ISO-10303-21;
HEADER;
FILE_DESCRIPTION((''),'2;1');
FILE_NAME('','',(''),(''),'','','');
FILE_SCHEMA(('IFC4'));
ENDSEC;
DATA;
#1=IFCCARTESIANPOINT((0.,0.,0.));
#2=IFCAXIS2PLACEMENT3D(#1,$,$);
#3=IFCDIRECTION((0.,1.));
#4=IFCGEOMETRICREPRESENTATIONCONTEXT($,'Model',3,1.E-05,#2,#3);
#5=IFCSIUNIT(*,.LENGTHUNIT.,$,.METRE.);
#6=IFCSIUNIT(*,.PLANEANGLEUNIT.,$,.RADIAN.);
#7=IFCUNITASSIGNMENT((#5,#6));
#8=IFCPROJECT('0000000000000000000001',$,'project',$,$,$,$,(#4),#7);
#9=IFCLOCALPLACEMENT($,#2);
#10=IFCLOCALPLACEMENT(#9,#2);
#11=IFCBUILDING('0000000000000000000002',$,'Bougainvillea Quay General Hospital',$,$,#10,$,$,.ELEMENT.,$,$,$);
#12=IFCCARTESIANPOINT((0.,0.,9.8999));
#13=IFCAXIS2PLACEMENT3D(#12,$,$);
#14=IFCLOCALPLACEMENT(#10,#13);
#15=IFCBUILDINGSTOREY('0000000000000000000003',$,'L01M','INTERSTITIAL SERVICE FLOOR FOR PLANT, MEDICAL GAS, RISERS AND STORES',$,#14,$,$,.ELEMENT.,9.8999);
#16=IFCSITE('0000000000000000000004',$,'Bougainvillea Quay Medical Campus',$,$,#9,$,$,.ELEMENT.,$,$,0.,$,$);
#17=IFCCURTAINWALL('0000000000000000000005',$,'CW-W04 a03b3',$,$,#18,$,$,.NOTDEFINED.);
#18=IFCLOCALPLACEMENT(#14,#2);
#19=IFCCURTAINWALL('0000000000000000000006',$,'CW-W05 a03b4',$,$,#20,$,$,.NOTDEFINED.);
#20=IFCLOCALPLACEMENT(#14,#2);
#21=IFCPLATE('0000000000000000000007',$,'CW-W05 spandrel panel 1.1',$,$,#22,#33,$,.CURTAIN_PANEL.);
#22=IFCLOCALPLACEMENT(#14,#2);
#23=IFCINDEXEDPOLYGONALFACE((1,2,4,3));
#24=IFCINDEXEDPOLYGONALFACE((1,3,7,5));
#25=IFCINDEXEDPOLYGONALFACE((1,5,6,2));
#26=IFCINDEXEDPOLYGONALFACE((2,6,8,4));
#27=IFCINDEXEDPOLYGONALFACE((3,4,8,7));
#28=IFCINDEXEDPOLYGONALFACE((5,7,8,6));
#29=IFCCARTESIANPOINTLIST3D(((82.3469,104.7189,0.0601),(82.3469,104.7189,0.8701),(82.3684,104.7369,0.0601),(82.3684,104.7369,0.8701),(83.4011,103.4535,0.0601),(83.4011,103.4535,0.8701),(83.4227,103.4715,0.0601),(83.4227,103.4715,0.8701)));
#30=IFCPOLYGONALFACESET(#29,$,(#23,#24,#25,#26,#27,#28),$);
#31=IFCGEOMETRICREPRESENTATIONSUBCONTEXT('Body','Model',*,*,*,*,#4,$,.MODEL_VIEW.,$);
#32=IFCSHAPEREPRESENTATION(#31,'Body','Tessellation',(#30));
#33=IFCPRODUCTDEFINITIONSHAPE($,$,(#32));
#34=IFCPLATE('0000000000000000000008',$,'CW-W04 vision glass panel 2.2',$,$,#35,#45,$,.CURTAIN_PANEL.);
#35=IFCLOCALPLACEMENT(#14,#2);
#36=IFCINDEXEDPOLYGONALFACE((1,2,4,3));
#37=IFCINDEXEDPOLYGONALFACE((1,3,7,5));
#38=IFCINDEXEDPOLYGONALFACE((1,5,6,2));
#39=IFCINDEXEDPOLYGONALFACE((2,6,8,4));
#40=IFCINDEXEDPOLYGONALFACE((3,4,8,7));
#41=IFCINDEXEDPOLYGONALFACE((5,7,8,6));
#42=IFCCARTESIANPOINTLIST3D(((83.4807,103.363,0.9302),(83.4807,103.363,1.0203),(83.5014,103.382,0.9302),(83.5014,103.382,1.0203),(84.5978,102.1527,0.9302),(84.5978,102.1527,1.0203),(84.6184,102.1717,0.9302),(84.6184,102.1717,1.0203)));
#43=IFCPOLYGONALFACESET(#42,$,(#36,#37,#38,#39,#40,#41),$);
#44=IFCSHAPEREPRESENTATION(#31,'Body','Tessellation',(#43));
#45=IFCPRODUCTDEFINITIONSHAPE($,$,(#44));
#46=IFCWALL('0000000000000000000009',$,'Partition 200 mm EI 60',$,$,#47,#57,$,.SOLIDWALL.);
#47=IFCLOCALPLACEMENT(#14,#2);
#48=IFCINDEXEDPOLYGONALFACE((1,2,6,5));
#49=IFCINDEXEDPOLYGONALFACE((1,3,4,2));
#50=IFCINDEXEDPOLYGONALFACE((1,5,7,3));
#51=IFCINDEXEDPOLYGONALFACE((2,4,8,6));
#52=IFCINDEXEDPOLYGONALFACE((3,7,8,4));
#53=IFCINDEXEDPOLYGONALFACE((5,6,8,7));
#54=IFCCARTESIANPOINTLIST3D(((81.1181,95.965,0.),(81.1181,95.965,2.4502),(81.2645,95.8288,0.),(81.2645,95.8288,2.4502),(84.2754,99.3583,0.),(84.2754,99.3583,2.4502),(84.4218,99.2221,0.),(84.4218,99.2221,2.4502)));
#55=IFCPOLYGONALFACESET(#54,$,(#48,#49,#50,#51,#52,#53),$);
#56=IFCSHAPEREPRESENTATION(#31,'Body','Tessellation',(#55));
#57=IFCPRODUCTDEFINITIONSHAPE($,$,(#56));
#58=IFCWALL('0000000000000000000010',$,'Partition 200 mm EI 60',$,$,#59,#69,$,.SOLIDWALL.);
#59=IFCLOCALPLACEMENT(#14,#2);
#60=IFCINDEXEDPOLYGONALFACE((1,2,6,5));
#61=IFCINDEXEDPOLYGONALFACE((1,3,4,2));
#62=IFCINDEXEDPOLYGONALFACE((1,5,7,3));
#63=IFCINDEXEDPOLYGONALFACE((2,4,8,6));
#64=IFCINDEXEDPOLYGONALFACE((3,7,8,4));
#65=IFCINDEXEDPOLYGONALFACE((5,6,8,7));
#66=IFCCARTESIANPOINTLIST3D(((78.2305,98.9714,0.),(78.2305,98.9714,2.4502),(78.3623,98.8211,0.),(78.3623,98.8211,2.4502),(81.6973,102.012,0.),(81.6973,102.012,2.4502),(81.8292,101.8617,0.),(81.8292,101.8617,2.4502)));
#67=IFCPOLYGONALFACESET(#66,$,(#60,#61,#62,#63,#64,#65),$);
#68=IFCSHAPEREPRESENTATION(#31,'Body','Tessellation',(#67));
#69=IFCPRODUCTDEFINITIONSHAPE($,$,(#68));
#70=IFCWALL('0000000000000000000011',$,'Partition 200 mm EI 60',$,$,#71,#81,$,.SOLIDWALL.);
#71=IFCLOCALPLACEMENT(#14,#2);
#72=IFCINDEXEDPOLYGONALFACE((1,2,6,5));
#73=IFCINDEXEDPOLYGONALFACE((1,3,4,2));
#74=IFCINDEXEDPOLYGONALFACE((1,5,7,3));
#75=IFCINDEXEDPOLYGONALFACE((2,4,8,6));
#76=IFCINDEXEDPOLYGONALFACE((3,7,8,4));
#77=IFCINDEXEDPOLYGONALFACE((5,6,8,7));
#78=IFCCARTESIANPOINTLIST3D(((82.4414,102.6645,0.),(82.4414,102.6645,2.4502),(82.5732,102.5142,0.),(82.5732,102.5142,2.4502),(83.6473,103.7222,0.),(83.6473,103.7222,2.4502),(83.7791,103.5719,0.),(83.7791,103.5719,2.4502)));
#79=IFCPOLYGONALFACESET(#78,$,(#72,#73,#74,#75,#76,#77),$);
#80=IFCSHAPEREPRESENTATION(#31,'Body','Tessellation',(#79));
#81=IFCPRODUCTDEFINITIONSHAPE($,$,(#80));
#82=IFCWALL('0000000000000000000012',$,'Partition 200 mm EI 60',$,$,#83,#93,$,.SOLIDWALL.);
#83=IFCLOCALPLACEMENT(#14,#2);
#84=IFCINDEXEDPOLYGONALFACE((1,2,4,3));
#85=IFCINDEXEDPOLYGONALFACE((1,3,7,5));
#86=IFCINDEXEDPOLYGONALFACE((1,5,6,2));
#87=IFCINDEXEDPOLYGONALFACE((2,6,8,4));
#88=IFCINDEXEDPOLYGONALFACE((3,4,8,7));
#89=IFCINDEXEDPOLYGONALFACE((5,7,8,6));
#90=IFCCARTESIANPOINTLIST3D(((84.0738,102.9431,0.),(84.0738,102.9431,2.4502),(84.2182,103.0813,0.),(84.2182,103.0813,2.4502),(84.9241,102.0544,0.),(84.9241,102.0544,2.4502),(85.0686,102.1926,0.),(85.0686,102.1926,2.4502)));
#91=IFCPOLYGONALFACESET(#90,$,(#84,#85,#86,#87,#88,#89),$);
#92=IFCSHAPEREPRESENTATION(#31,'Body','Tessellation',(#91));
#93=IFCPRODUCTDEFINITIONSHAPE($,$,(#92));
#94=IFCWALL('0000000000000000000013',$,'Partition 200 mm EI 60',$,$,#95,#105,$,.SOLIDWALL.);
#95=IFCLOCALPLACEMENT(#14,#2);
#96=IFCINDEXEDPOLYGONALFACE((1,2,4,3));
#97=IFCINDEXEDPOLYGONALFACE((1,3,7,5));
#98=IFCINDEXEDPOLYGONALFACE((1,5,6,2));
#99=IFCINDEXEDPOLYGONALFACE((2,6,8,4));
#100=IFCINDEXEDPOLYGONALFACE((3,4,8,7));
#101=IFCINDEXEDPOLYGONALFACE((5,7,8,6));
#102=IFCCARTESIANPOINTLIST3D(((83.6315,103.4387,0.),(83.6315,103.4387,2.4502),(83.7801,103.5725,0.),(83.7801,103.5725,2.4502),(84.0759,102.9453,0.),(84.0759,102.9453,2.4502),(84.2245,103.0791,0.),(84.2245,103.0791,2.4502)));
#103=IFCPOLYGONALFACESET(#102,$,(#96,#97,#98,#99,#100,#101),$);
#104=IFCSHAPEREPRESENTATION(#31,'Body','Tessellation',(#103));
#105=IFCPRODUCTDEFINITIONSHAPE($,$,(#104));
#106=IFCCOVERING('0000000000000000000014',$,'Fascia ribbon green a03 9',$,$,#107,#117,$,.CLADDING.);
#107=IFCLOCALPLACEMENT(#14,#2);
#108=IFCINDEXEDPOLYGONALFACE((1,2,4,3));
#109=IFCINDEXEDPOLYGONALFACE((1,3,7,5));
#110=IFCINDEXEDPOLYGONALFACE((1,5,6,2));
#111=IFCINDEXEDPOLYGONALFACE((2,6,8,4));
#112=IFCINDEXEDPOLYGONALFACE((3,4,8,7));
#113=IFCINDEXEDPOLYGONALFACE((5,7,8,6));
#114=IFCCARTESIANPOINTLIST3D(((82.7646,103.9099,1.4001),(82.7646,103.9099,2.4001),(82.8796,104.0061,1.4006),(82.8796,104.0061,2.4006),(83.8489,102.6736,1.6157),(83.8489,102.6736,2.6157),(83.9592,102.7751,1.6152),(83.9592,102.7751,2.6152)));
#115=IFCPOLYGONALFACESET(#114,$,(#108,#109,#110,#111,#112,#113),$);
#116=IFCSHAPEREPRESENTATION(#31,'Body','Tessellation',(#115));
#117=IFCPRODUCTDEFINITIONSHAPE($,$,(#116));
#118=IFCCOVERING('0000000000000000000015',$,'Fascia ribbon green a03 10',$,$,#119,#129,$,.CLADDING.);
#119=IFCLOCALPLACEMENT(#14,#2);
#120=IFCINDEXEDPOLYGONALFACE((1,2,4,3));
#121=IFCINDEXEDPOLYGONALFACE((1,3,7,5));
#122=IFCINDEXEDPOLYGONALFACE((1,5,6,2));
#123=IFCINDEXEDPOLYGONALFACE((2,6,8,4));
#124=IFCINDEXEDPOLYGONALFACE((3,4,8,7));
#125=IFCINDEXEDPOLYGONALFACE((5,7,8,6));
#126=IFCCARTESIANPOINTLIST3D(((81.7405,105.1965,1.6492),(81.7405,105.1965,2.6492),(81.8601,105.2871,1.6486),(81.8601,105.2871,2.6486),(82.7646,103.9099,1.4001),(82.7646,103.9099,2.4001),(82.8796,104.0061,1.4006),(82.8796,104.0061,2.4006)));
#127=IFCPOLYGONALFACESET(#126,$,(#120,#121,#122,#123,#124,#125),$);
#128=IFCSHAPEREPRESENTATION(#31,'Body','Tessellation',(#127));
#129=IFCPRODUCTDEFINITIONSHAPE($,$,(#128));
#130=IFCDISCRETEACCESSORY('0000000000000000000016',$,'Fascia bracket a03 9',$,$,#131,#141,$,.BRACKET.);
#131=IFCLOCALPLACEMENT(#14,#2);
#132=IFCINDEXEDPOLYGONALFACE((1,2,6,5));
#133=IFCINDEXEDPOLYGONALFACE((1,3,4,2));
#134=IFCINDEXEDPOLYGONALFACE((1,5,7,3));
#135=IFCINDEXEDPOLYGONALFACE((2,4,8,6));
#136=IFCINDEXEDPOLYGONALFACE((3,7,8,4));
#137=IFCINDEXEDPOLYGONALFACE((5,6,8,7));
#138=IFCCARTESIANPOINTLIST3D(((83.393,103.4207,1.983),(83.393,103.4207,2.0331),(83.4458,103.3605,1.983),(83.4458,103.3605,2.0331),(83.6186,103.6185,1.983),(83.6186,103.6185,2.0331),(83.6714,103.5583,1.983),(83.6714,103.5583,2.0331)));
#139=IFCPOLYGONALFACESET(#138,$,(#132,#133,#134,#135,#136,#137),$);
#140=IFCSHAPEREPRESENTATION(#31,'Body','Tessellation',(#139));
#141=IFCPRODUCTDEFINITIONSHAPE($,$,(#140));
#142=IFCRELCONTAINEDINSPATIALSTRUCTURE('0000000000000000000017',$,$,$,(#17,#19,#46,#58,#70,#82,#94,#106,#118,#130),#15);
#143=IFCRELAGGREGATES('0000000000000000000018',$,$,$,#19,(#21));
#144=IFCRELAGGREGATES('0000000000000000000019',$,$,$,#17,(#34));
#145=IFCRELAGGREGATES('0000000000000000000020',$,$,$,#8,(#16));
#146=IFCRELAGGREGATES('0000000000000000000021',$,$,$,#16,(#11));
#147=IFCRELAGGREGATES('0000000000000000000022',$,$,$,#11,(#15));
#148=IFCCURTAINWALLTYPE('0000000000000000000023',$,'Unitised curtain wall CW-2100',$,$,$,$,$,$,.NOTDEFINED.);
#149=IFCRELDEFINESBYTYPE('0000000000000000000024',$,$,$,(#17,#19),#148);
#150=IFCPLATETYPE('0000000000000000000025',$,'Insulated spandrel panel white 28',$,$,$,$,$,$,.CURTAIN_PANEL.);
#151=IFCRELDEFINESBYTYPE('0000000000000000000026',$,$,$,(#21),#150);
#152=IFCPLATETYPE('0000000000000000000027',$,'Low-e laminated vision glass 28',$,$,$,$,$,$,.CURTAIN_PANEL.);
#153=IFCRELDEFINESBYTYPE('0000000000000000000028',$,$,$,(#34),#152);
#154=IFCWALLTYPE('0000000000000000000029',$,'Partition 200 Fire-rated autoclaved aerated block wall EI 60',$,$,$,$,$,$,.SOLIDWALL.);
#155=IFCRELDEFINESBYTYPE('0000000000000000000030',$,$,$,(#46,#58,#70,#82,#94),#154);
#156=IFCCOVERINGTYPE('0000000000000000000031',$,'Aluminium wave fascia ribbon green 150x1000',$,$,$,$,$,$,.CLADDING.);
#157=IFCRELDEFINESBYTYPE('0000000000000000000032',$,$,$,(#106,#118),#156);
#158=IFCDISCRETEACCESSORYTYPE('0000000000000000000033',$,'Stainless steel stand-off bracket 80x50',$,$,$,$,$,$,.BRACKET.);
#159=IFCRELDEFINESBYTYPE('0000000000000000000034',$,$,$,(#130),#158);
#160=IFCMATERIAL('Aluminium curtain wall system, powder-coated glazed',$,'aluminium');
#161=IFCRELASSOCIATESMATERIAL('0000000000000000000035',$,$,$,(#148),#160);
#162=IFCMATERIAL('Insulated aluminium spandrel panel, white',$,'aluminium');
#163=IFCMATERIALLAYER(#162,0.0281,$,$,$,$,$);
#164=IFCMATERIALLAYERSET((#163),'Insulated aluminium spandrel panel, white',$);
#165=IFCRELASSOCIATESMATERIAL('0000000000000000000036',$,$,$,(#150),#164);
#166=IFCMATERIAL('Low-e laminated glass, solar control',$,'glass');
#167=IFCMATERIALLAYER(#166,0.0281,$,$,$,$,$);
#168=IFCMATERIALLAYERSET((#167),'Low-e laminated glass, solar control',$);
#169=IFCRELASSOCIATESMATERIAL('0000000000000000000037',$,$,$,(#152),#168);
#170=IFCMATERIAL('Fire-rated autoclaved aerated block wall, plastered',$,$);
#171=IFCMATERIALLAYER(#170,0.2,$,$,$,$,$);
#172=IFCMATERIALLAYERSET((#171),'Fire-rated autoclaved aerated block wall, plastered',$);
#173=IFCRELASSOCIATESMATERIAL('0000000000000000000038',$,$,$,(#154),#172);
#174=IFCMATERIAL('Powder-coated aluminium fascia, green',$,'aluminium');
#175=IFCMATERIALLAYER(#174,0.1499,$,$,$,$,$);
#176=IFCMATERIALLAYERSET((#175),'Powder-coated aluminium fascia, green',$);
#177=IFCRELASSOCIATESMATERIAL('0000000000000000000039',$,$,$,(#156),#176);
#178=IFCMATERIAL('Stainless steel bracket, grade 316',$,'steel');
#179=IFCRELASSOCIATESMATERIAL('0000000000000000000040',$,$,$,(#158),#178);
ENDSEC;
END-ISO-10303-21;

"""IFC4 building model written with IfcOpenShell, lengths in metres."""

from ifc_helpers import new_model, si_unit, direction, frame, frame_2d, origin, origin_2d, place, context, subcontext, project, spatial, polyline, rectangle, outline, extrude, material, layer, layer_set, material_profile, profile_set, type_object, element, aggregate, save


model = new_model("IFC4")

# Units and contexts
model_context = context("Model", 3, precision=1e-05, world=origin(), true_north=direction((0.0, 1.0)))
body_context = subcontext(model_context, "Body", "Model", "MODEL_VIEW")
ifc_project = project(units=[si_unit("LENGTHUNIT", "METRE"), si_unit("PLANEANGLEUNIT", "RADIAN")], contexts=[model_context])

# Site, building, storey
site_placement = place(None, origin())
site = spatial("IfcSite", under=ifc_project, at=site_placement, Name="Bougainvillea Quay Medical Campus", CompositionType="ELEMENT", RefElevation=0.0)
building_placement = place(site_placement, origin())
building = spatial("IfcBuilding", under=site, at=building_placement, Name="Bougainvillea Quay General Hospital", CompositionType="ELEMENT")
storey_placement = place(building_placement, frame((0.0, 0.0, 9.8999)))
storey = spatial("IfcBuildingStorey", under=building, at=storey_placement, Name="L01M", Description="INTERSTITIAL SERVICE FLOOR FOR PLANT, MEDICAL GAS, RISERS AND STORES", CompositionType="ELEMENT", Elevation=9.8999)

# Curtain walls
ifc_material_1 = material(Name="Aluminium curtain wall system, powder-coated glazed", Category="aluminium")
curtain_wall_type = type_object("IfcCurtainWallType", Name="Unitised curtain wall CW-2100", PredefinedType="NOTDEFINED", material=ifc_material_1)
curtain_wall_1_placement = place(storey_placement, origin())
curtain_wall_1 = element("IfcCurtainWall", 1, at=curtain_wall_1_placement, inside=storey, type_object=curtain_wall_type, Name="CW-W04 a03b3", PredefinedType="NOTDEFINED")
curtain_wall_2_placement = place(storey_placement, origin())
curtain_wall_2 = element("IfcCurtainWall", 2, at=curtain_wall_2_placement, inside=storey, type_object=curtain_wall_type, Name="CW-W05 a03b4", PredefinedType="NOTDEFINED")

# Plates
ifc_material_2 = material(Name="Insulated aluminium spandrel panel, white", Category="aluminium")
ifc_layer_1 = layer(ifc_material_2, 0.0281)
ifc_layer_set_1 = layer_set([ifc_layer_1], Name="Insulated aluminium spandrel panel, white")
plate_type_1 = type_object("IfcPlateType", Name="Insulated spandrel panel white 28", PredefinedType="CURTAIN_PANEL", material=ifc_layer_set_1)
plate_1_placement = place(storey_placement, frame((82.8848, 104.0952, 0.0601), z_axis=(0.0, 0.0, 1.0), x_axis=(-0.640096, 0.768295, 0.0)))
plate_1 = element("IfcPlate", 3, at=plate_1_placement, type_object=plate_type_1, Name="CW-W05 spandrel panel 1.1", PredefinedType="CURTAIN_PANEL", context=body_context, shape_type="SweptSolid", body=[
    extrude(rectangle(XDim=1.647, YDim=0.0281, at=origin_2d()), origin(), (0.0, 0.0, 1.0), 0.8101),
])
aggregate(curtain_wall_2, [plate_1])
ifc_material_3 = material(Name="Low-e laminated glass, solar control", Category="glass")
ifc_layer_2 = layer(ifc_material_3, 0.0281)
ifc_layer_set_2 = layer_set([ifc_layer_2], Name="Low-e laminated glass, solar control")
plate_type_2 = type_object("IfcPlateType", Name="Low-e laminated vision glass 28", PredefinedType="CURTAIN_PANEL", material=ifc_layer_set_2)
plate_2_placement = place(storey_placement, frame((84.0496, 102.7673, 0.9302), z_axis=(0.0, 0.0, 1.0), x_axis=(-0.678224, 0.734855, 0.0)))
plate_2 = element("IfcPlate", 4, at=plate_2_placement, type_object=plate_type_2, Name="CW-W04 vision glass panel 2.2", PredefinedType="CURTAIN_PANEL", context=body_context, shape_type="SweptSolid", body=[
    extrude(rectangle(XDim=1.647, YDim=0.0281, at=origin_2d()), origin(), (0.0, 0.0, 1.0), 0.0901),
])
aggregate(curtain_wall_1, [plate_2])

# Walls
ifc_material_4 = material(Name="Fire-rated autoclaved aerated block wall, plastered")
ifc_layer_3 = layer(ifc_material_4, 0.2)
ifc_layer_set_3 = layer_set([ifc_layer_3], Name="Fire-rated autoclaved aerated block wall, plastered")
wall_type = type_object("IfcWallType", Name="Partition 200 Fire-rated autoclaved aerated block wall EI 60", PredefinedType="SOLIDWALL", material=ifc_layer_set_3)
wall_1_placement = place(storey_placement, frame((81.1914, 95.897, 0.0), z_axis=(0.0, 0.0, 1.0), x_axis=(0.68118, 0.732116, 0.0)))
element("IfcWall", 5, at=wall_1_placement, inside=storey, type_object=wall_type, Name="Partition 200 mm EI 60", PredefinedType="SOLIDWALL", context=body_context, shape_type="SweptSolid", body=[
    extrude(rectangle(XDim=4.635, YDim=0.2, at=frame_2d((2.3174, 0.0))), origin(), (0.0, 0.0, 1.0), 2.4502),
])
wall_2_placement = place(storey_placement, frame((78.2964, 98.8962, 0.0), z_axis=(0.0, 0.0, 1.0), x_axis=(0.751815, 0.659374, 0.0)))
element("IfcWall", 6, at=wall_2_placement, inside=storey, type_object=wall_type, Name="Partition 200 mm EI 60", PredefinedType="SOLIDWALL", context=body_context, shape_type="SweptSolid", body=[
    extrude(rectangle(XDim=4.6113, YDim=0.2, at=frame_2d((2.3057, 0.0))), origin(), (0.0, 0.0, 1.0), 2.4502),
])
wall_3_placement = place(storey_placement, frame((82.5073, 102.5894, 0.0), z_axis=(0.0, 0.0, 1.0), x_axis=(0.751794, 0.659399, 0.0)))
element("IfcWall", 7, at=wall_3_placement, inside=storey, type_object=wall_type, Name="Partition 200 mm EI 60", PredefinedType="SOLIDWALL", context=body_context, shape_type="SweptSolid", body=[
    extrude(rectangle(XDim=1.604, YDim=0.2, at=frame_2d((0.802, 0.0))), origin(), (0.0, 0.0, 1.0), 2.4502),
])
wall_4_placement = place(storey_placement, frame((84.146, 103.0122, 0.0), z_axis=(0.0, 0.0, 1.0), x_axis=(0.691353, -0.722517, 0.0)))
element("IfcWall", 8, at=wall_4_placement, inside=storey, type_object=wall_type, Name="Partition 200 mm EI 60", PredefinedType="SOLIDWALL", context=body_context, shape_type="SweptSolid", body=[
    extrude(rectangle(XDim=1.23, YDim=0.2, at=frame_2d((0.615, 0.0))), origin(), (0.0, 0.0, 1.0), 2.4502),
])
wall_5_placement = place(storey_placement, frame((83.7058, 103.5056, 0.0), z_axis=(0.0, 0.0, 1.0), x_axis=(0.669188, -0.743093, 0.0)))
element("IfcWall", 9, at=wall_5_placement, inside=storey, type_object=wall_type, Name="Partition 200 mm EI 60", PredefinedType="SOLIDWALL", context=body_context, shape_type="SweptSolid", body=[
    extrude(rectangle(XDim=0.6641, YDim=0.2, at=frame_2d((0.332, 0.0))), origin(), (0.0, 0.0, 1.0), 2.4502),
])

# Coverings
ifc_material_5 = material(Name="Powder-coated aluminium fascia, green", Category="aluminium")
ifc_layer_4 = layer(ifc_material_5, 0.1499)
ifc_layer_set_4 = layer_set([ifc_layer_4], Name="Powder-coated aluminium fascia, green")
covering_type = type_object("IfcCoveringType", Name="Aluminium wave fascia ribbon green 150x1000", PredefinedType="CLADDING", material=ifc_layer_set_4)
covering_1_placement = place(storey_placement, frame((83.9592, 102.7751, 1.6152), z_axis=(-0.085729, 0.097688, 0.991518), x_axis=(-0.653777, 0.745442, -0.129971)))
element("IfcCovering", 10, at=covering_1_placement, inside=storey, type_object=covering_type, Name="Fascia ribbon green a03 9", PredefinedType="CLADDING", context=body_context, shape_type="SweptSolid", body=[
    extrude(outline(polyline([(0.0, 0.0), (1.6513, 0.0), (1.6548, 0.1499), (-0.0036, 0.1499), (0.0, 0.0)])), origin(), (-0.129971, -0.000039, 0.991518), 1.0),
])
covering_2_placement = place(storey_placement, frame((82.8796, 104.0061, 1.4006), z_axis=(0.093272, -0.117169, 0.988722), x_axis=(-0.615706, 0.773614, 0.14976)))
element("IfcCovering", 11, at=covering_2_placement, inside=storey, type_object=covering_type, Name="Fascia ribbon green a03 10", PredefinedType="CLADDING", context=body_context, shape_type="SweptSolid", body=[
    extrude(outline(polyline([(0.0, 0.0), (1.6559, 0.0), (1.6595, 0.15), (-0.0037, 0.1499), (0.0, 0.0)])), origin(), (0.14976, 0.000015, 0.988722), 1.0),
])

# Discrete accessory
ifc_material_6 = material(Name="Stainless steel bracket, grade 316", Category="steel")
ifc_material_profile_1 = material_profile(ifc_material_6, rectangle(XDim=0.0801, YDim=0.05, at=origin_2d()))
ifc_profile_set_1 = profile_set([ifc_material_profile_1], Name="Stainless steel bracket, grade 316")
discrete_accessory_type = type_object("IfcDiscreteAccessoryType", Name="Stainless steel stand-off bracket 80x50", PredefinedType="BRACKET", material=ifc_profile_set_1)
discrete_accessory_placement = place(storey_placement, frame((83.645, 103.5884, 2.0081), z_axis=(-0.751971, -0.659196, 0.0), x_axis=(0.659196, -0.751971, 0.0)))
element("IfcDiscreteAccessory", 12, at=discrete_accessory_placement, inside=storey, type_object=discrete_accessory_type, Name="Fascia bracket a03 9", PredefinedType="BRACKET", context=body_context, shape_type="SweptSolid", body=[
    extrude(rectangle(XDim=0.0801, YDim=0.05, at=origin_2d()), origin(), (0.0, 0.0, 1.0), 0.3),
])

save(model, "model.ifc")
